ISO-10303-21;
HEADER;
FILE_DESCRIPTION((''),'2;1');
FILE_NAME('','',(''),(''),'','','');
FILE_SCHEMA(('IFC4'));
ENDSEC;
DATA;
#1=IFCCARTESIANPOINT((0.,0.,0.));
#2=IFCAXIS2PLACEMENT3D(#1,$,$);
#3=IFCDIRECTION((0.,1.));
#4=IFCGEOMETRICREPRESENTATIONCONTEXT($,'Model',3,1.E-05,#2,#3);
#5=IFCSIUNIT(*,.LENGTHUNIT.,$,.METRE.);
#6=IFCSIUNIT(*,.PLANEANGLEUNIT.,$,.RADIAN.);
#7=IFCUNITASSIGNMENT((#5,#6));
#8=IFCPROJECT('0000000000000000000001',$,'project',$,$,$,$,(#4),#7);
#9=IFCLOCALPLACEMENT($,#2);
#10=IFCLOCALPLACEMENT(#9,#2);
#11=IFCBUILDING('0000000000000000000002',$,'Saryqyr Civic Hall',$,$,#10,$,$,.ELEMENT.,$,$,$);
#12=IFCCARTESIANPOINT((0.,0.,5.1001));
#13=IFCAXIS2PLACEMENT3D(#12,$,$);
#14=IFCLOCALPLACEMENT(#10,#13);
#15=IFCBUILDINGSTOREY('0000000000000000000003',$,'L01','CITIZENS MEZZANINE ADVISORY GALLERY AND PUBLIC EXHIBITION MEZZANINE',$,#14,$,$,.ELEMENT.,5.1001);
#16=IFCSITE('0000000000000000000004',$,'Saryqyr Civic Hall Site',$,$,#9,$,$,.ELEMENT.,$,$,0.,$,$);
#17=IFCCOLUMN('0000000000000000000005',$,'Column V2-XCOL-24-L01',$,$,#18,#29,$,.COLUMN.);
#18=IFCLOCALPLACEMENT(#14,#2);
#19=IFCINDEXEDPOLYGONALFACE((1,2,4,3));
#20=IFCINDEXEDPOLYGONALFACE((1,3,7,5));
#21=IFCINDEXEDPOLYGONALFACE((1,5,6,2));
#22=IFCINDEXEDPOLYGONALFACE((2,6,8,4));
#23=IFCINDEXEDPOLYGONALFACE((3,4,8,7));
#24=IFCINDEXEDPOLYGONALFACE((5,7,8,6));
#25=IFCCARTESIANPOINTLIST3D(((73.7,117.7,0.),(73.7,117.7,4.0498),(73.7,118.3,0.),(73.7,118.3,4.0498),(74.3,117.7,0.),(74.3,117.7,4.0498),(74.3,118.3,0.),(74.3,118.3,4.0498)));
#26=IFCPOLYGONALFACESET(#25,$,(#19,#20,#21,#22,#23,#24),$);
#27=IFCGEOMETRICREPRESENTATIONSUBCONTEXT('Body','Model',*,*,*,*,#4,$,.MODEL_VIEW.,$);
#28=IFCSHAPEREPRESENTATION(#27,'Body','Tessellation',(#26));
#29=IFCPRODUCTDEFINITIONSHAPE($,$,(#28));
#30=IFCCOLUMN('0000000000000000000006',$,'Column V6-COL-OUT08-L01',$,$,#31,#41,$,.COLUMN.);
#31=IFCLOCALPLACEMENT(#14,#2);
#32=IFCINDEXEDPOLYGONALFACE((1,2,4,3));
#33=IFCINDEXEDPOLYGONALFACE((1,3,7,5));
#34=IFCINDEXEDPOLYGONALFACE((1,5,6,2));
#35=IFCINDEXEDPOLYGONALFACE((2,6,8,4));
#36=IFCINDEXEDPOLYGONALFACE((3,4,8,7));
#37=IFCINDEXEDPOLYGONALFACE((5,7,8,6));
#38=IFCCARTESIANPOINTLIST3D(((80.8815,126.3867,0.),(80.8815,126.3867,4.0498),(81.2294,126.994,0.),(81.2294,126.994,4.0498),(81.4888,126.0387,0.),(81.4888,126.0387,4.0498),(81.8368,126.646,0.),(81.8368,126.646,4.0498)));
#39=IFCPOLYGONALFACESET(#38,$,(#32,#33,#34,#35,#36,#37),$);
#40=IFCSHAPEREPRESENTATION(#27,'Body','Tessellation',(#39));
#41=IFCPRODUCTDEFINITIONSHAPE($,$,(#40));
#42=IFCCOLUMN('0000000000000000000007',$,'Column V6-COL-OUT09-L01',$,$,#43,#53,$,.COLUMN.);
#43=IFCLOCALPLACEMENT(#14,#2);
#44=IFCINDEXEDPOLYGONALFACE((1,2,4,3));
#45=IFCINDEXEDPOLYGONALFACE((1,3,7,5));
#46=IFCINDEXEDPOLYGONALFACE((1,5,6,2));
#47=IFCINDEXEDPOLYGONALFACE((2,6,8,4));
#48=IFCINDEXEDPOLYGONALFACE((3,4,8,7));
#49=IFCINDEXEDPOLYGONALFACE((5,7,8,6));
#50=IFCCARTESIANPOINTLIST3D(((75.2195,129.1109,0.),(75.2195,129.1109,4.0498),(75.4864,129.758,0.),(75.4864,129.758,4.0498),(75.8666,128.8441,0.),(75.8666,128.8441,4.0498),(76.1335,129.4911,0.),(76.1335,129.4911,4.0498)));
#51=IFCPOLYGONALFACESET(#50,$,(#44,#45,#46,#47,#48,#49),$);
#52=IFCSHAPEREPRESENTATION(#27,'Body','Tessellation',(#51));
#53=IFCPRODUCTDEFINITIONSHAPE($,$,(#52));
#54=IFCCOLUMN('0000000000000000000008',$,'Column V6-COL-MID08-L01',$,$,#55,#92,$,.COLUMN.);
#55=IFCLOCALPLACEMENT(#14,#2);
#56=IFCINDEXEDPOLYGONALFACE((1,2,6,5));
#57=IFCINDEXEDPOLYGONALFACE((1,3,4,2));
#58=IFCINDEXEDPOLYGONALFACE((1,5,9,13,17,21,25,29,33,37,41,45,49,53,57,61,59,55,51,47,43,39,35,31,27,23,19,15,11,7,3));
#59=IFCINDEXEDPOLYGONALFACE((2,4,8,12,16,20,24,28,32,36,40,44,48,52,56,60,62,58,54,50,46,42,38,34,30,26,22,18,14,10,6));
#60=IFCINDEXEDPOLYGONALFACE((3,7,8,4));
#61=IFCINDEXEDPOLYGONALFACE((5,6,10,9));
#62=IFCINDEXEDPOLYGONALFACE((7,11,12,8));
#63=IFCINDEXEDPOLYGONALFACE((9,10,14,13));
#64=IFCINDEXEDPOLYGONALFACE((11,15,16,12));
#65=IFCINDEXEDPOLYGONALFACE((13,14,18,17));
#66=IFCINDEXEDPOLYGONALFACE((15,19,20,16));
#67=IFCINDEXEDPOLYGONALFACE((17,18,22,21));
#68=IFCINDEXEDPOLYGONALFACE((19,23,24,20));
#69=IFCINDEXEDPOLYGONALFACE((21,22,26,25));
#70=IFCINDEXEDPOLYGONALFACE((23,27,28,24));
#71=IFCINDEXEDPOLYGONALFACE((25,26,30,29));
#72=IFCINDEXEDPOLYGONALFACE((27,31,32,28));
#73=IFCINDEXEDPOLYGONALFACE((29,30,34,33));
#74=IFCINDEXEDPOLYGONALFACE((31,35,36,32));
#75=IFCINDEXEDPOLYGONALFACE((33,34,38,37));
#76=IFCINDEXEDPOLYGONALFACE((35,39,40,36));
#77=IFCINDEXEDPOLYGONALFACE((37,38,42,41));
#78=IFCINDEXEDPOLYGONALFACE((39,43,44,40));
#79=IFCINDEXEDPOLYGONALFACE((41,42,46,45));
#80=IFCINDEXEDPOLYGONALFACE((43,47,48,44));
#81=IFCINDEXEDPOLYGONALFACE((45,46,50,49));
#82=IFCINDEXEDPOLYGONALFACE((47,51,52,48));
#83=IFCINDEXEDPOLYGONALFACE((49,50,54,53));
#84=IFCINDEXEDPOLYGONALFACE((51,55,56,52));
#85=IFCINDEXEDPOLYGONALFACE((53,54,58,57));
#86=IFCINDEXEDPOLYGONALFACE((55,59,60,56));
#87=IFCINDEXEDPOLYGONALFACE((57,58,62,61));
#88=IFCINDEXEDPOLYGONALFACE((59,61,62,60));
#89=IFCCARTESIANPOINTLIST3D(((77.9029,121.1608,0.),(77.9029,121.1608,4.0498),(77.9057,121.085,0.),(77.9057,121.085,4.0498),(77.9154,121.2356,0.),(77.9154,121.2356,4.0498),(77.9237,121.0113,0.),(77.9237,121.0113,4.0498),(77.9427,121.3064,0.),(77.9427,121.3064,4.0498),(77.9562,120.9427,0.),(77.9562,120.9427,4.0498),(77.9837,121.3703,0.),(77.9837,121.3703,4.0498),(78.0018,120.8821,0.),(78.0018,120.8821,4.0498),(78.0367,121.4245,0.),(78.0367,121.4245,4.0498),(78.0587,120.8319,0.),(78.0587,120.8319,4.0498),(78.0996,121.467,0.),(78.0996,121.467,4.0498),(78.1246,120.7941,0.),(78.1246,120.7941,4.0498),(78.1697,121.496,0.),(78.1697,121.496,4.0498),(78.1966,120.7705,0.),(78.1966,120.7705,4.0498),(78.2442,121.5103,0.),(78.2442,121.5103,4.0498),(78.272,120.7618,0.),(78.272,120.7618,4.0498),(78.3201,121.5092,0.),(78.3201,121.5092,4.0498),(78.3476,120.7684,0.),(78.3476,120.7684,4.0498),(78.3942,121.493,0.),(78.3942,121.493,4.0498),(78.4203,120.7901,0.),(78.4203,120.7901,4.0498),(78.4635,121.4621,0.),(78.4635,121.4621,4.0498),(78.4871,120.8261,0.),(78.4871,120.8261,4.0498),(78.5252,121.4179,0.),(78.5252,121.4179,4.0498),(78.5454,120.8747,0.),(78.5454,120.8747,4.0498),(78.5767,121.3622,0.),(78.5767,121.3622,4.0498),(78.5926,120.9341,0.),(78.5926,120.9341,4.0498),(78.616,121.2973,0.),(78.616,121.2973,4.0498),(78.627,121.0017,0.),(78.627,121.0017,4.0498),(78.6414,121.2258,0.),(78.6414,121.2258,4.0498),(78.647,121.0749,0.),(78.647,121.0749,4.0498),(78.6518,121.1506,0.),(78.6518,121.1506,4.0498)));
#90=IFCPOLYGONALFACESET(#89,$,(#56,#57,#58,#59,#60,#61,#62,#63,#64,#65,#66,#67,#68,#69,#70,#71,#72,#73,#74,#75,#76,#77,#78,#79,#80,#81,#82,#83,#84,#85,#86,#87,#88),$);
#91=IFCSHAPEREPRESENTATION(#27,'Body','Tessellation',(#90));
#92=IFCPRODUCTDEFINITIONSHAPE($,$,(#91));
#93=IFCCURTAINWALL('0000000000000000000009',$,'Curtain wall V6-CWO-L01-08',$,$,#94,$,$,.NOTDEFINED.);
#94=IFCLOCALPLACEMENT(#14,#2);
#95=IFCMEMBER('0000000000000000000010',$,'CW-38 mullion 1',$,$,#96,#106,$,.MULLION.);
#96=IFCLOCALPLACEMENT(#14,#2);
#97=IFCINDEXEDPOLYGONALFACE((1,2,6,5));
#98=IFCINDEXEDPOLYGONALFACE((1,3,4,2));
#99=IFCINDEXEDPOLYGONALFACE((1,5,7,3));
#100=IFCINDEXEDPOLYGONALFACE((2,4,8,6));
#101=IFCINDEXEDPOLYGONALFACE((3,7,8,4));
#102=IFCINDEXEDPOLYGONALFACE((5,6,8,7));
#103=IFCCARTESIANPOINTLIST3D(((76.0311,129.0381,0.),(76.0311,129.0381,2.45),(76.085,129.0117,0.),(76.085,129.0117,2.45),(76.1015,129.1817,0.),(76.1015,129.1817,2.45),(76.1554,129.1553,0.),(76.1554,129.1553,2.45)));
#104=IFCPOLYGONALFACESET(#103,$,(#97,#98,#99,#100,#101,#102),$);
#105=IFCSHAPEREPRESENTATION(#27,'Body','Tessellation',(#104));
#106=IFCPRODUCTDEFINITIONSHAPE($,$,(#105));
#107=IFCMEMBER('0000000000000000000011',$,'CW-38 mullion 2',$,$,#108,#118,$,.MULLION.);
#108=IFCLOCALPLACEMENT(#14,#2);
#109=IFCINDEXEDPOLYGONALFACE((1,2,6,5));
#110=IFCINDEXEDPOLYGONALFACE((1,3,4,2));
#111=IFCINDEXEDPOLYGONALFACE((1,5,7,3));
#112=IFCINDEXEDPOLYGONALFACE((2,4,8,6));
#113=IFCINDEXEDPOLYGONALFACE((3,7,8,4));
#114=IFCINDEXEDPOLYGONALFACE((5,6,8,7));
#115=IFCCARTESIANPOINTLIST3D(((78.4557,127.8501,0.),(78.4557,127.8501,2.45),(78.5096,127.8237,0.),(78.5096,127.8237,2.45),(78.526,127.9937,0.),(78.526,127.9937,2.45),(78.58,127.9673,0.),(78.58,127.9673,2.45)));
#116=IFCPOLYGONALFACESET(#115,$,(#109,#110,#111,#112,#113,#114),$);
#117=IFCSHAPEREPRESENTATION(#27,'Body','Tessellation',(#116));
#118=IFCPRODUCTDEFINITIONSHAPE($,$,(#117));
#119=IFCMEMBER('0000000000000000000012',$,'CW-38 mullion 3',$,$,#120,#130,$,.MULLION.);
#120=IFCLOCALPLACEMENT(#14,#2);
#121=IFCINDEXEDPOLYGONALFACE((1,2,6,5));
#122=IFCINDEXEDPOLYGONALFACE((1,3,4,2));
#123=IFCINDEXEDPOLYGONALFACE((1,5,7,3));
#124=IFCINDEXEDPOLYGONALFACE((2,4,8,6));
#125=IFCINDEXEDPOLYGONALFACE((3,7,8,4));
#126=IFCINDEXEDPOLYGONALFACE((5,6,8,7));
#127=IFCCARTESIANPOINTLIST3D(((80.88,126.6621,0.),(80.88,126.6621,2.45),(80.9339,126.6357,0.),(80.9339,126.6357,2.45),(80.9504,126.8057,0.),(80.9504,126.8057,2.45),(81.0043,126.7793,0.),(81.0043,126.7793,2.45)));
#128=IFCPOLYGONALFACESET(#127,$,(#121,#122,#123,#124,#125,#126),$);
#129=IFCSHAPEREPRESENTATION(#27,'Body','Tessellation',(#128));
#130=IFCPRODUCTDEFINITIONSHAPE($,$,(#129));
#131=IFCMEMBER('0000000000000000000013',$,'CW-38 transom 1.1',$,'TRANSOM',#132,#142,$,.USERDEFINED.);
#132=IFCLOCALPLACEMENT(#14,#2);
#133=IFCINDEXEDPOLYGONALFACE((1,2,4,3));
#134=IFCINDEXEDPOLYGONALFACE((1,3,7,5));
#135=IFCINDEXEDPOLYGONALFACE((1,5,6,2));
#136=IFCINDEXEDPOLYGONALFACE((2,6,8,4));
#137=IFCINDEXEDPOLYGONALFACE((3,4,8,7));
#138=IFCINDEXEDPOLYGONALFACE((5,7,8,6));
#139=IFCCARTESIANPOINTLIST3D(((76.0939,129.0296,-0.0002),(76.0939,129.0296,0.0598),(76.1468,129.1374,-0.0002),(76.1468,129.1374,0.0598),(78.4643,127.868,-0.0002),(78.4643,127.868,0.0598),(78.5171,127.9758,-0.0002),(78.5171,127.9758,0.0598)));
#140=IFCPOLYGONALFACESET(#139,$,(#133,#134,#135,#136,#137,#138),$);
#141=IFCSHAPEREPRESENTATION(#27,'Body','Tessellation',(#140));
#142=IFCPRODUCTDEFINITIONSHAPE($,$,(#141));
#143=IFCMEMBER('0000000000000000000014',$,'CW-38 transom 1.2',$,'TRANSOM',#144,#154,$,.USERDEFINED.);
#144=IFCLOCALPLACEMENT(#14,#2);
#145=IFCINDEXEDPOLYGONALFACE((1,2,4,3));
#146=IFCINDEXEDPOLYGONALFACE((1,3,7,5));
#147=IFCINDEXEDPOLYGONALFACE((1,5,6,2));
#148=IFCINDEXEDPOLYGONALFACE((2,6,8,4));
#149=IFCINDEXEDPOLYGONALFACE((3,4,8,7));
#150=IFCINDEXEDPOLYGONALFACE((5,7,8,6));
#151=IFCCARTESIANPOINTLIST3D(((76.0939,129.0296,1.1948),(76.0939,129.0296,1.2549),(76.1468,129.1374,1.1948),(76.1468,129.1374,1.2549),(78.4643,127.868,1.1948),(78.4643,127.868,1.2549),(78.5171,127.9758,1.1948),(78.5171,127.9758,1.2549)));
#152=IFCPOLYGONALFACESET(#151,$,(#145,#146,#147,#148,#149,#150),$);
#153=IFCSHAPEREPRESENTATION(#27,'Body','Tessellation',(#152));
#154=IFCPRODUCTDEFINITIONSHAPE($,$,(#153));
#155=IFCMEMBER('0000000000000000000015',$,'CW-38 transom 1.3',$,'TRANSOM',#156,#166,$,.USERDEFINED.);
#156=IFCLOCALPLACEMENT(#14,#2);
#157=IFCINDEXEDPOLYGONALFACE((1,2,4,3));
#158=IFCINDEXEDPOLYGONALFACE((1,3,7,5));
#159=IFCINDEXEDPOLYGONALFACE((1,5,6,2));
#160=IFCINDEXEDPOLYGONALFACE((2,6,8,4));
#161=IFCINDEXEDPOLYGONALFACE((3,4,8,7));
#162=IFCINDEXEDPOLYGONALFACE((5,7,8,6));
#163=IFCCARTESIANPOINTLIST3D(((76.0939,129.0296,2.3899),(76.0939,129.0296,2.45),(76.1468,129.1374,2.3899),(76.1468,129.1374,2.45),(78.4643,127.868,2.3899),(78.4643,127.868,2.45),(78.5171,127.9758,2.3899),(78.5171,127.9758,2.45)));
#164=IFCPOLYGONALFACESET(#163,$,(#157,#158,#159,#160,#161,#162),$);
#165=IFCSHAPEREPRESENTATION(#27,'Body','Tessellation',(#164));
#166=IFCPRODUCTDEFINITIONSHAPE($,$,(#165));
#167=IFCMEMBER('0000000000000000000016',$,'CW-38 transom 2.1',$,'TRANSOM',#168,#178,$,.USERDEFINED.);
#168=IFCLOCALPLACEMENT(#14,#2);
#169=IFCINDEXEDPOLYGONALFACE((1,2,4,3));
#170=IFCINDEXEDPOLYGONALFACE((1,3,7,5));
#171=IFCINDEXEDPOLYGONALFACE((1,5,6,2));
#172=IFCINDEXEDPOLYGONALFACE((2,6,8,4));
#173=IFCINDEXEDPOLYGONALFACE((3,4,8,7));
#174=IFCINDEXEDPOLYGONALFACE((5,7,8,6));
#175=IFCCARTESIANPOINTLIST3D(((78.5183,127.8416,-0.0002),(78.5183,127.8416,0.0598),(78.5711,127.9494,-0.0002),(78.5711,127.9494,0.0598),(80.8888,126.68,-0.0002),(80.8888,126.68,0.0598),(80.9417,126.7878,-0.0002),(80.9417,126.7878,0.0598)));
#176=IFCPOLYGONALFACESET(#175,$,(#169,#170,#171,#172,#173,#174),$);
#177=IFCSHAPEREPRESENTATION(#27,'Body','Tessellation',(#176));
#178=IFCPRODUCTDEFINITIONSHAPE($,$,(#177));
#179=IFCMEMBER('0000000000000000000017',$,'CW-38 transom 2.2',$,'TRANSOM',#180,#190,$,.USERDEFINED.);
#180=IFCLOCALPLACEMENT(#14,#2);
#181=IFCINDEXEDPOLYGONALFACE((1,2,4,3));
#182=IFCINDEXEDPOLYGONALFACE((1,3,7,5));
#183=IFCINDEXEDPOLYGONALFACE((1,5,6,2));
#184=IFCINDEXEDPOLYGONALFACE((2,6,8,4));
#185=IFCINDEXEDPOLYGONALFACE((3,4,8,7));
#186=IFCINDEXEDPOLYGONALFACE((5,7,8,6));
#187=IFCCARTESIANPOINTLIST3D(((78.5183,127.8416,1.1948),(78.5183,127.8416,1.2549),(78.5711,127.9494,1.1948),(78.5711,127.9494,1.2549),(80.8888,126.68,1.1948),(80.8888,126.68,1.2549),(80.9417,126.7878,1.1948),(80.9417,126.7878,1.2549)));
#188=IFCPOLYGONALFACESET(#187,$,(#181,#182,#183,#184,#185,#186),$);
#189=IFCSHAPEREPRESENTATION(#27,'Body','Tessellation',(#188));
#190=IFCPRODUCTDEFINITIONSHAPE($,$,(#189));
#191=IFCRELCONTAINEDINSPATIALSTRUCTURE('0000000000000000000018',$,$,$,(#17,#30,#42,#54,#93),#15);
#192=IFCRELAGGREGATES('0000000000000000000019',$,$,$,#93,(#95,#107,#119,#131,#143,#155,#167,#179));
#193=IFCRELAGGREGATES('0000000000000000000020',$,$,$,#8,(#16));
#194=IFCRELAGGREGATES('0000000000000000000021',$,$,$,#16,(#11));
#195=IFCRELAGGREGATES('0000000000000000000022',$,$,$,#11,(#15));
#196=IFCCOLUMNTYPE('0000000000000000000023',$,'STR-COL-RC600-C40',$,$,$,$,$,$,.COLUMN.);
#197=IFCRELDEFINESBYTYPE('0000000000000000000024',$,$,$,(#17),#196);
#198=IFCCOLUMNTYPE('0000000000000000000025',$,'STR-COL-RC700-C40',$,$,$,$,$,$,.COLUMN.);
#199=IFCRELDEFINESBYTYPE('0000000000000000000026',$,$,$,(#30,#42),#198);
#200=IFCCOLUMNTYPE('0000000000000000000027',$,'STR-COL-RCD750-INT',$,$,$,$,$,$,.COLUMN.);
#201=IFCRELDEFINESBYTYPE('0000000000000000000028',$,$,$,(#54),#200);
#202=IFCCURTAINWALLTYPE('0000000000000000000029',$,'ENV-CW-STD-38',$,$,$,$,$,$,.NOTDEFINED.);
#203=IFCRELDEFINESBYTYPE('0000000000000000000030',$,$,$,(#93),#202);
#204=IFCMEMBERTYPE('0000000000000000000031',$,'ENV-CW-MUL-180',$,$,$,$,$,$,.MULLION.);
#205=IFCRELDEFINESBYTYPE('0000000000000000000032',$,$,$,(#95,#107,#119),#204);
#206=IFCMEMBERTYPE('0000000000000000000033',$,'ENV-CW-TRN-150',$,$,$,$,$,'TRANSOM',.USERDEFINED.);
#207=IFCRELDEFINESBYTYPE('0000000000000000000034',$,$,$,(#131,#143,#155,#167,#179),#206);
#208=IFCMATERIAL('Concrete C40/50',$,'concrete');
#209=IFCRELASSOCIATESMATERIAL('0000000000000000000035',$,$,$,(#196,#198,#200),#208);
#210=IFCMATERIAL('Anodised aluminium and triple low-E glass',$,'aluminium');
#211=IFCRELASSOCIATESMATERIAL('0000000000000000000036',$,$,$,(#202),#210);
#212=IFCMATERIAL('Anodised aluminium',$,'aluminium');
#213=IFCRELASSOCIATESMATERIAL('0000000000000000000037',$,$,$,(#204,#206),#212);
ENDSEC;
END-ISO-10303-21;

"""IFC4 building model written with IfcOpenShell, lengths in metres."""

from ifc_helpers import new_model, si_unit, direction, frame, origin, origin_2d, place, context, subcontext, project, spatial, rectangle, circle, extrude, material, material_profile, profile_set, type_object, element, aggregate, save


model = new_model("IFC4")

# Units and contexts
model_context = context("Model", 3, precision=1e-05, world=origin(), true_north=direction((0.0, 1.0)))
body_context = subcontext(model_context, "Body", "Model", "MODEL_VIEW")
ifc_project = project(units=[si_unit("LENGTHUNIT", "METRE"), si_unit("PLANEANGLEUNIT", "RADIAN")], contexts=[model_context])

# Site, building, storey
site_placement = place(None, origin())
site = spatial("IfcSite", under=ifc_project, at=site_placement, Name="Saryqyr Civic Hall Site", CompositionType="ELEMENT", RefElevation=0.0)
building_placement = place(site_placement, origin())
building = spatial("IfcBuilding", under=site, at=building_placement, Name="Saryqyr Civic Hall", CompositionType="ELEMENT")
storey_placement = place(building_placement, frame((0.0, 0.0, 5.1001)))
storey = spatial("IfcBuildingStorey", under=building, at=storey_placement, Name="L01", Description="CITIZENS MEZZANINE ADVISORY GALLERY AND PUBLIC EXHIBITION MEZZANINE", CompositionType="ELEMENT", Elevation=5.1001)

# Columns
ifc_material_1 = material(Name="Concrete C40/50", Category="concrete")
ifc_material_profile_1 = material_profile(ifc_material_1, rectangle(XDim=0.6001, YDim=0.6001, at=origin_2d()), Name="RC 600x600")
ifc_profile_set_1 = profile_set([ifc_material_profile_1], Name="Concrete C40/50")
column_type_1 = type_object("IfcColumnType", Name="STR-COL-RC600-C40", PredefinedType="COLUMN", material=ifc_profile_set_1)
column_placement = place(storey_placement, frame((74.0, 118.0, 0.0), z_axis=(0.0, 0.0, 1.0), x_axis=(1.0, 0.0, 0.0)))
element("IfcColumn", 1, at=column_placement, inside=storey, type_object=column_type_1, Name="Column V2-XCOL-24-L01", PredefinedType="COLUMN", context=body_context, shape_type="SweptSolid", body=[
    extrude(rectangle(XDim=0.6001, YDim=0.6001, at=origin_2d()), origin(), (0.0, 0.0, 1.0), 4.0498),
])
ifc_material_profile_2 = material_profile(ifc_material_1, rectangle(XDim=0.7, YDim=0.7, at=origin_2d()), Name="RC 700x700")
ifc_profile_set_2 = profile_set([ifc_material_profile_2], Name="Concrete C40/50")
column_type_2 = type_object("IfcColumnType", Name="STR-COL-RC700-C40", PredefinedType="COLUMN", material=ifc_profile_set_2)
for number, where, z_axis, x_axis, name in (
    (2, (81.3591, 126.5164, 0.0), (0.0, 0.0, 1.0), (0.497125, 0.867679, 0.0), "Column V6-COL-OUT08-L01"),
    (3, (75.6765, 129.301, 0.0), (0.0, 0.0, 1.0), (0.381232, 0.92448, 0.0), "Column V6-COL-OUT09-L01"),
):
    element("IfcColumn", number, at=place(storey_placement, frame(where, z_axis=z_axis, x_axis=x_axis)), inside=storey, type_object=column_type_2, Name=name, PredefinedType="COLUMN", context=body_context, shape_type="SweptSolid", body=[
        extrude(rectangle(XDim=0.7, YDim=0.7, at=origin_2d()), origin(), (0.0, 0.0, 1.0), 4.0498),
    ])
ifc_material_profile_3 = material_profile(ifc_material_1, circle(Radius=0.375, at=origin_2d()), Name="RC D750")
ifc_profile_set_3 = profile_set([ifc_material_profile_3], Name="Concrete C40/50")
column_type_3 = type_object("IfcColumnType", Name="STR-COL-RCD750-INT", PredefinedType="COLUMN", material=ifc_profile_set_3)
for number, where, z_axis, x_axis, name in (
    (4, (78.2771, 121.1367, 0.0), (0.0, 0.0, 1.0), (0.497125, 0.867679, 0.0), "Column V6-COL-MID08-L01"),
):
    element("IfcColumn", number, at=place(storey_placement, frame(where, z_axis=z_axis, x_axis=x_axis)), inside=storey, type_object=column_type_3, Name=name, PredefinedType="COLUMN", context=body_context, shape_type="SweptSolid", body=[
        extrude(circle(Radius=0.375, at=origin_2d()), origin(), (0.0, 0.0, 1.0), 4.0498),
    ])

# Curtain wall, members
ifc_material_2 = material(Name="Anodised aluminium and triple low-E glass", Category="aluminium")
curtain_wall_type = type_object("IfcCurtainWallType", Name="ENV-CW-STD-38", PredefinedType="NOTDEFINED", material=ifc_material_2)
curtain_wall_placement = place(storey_placement, origin())
curtain_wall = element("IfcCurtainWall", 5, at=curtain_wall_placement, inside=storey, type_object=curtain_wall_type, Name="Curtain wall V6-CWO-L01-08", PredefinedType="NOTDEFINED")
ifc_material_3 = material(Name="Anodised aluminium", Category="aluminium")
ifc_material_profile_4 = material_profile(ifc_material_3, rectangle(XDim=0.0601, YDim=0.1599, at=origin_2d()), Name="ALU MULLION 60x160")
ifc_profile_set_4 = profile_set([ifc_material_profile_4], Name="Anodised aluminium")
member_type_1 = type_object("IfcMemberType", Name="ENV-CW-MUL-180", PredefinedType="MULLION", material=ifc_profile_set_4)
member_1_placement = place(storey_placement, frame((76.0933, 129.0967, 0.0), z_axis=(0.0, 0.0, 1.0), x_axis=(0.89797, -0.440056, 0.0)))
member_1 = element("IfcMember", 6, at=member_1_placement, type_object=member_type_1, Name="CW-38 mullion 1", PredefinedType="MULLION", context=body_context, shape_type="SweptSolid", body=[
    extrude(rectangle(XDim=0.0601, YDim=0.1599, at=origin_2d()), origin(), (0.0, 0.0, 1.0), 2.45),
])
member_2_placement = place(storey_placement, frame((78.5178, 127.9087, 0.0), z_axis=(0.0, 0.0, 1.0), x_axis=(0.89797, -0.440056, 0.0)))
member_2 = element("IfcMember", 7, at=member_2_placement, type_object=member_type_1, Name="CW-38 mullion 2", PredefinedType="MULLION", context=body_context, shape_type="SweptSolid", body=[
    extrude(rectangle(XDim=0.0601, YDim=0.1599, at=origin_2d()), origin(), (0.0, 0.0, 1.0), 2.45),
])
member_3_placement = place(storey_placement, frame((80.9421, 126.7207, 0.0), z_axis=(0.0, 0.0, 1.0), x_axis=(0.89797, -0.440056, 0.0)))
member_3 = element("IfcMember", 8, at=member_3_placement, type_object=member_type_1, Name="CW-38 mullion 3", PredefinedType="MULLION", context=body_context, shape_type="SweptSolid", body=[
    extrude(rectangle(XDim=0.0601, YDim=0.1599, at=origin_2d()), origin(), (0.0, 0.0, 1.0), 2.45),
])
ifc_material_profile_5 = material_profile(ifc_material_3, rectangle(XDim=0.1201, YDim=0.0601, at=origin_2d()), Name="ALU TRANSOM 120x60")
ifc_profile_set_5 = profile_set([ifc_material_profile_5], Name="Anodised aluminium")
member_type_2 = type_object("IfcMemberType", Name="ENV-CW-TRN-150", ElementType="TRANSOM", PredefinedType="USERDEFINED", material=ifc_profile_set_5)
member_4_placement = place(storey_placement, frame((76.1204, 129.0835, 0.0298), z_axis=(0.897969, -0.440059, 0.0), x_axis=(0.440059, 0.897969, 0.0)))
member_4 = element("IfcMember", 9, at=member_4_placement, type_object=member_type_2, Name="CW-38 transom 1.1", ObjectType="TRANSOM", PredefinedType="USERDEFINED", context=body_context, shape_type="SweptSolid", body=[
    extrude(rectangle(XDim=0.1201, YDim=0.0601, at=origin_2d()), origin(), (0.0, 0.0, 1.0), 2.6396),
])
member_5_placement = place(storey_placement, frame((76.1204, 129.0835, 1.2249), z_axis=(0.897969, -0.440059, 0.0), x_axis=(0.440059, 0.897969, 0.0)))
member_5 = element("IfcMember", 10, at=member_5_placement, type_object=member_type_2, Name="CW-38 transom 1.2", ObjectType="TRANSOM", PredefinedType="USERDEFINED", context=body_context, shape_type="SweptSolid", body=[
    extrude(rectangle(XDim=0.1201, YDim=0.0601, at=origin_2d()), origin(), (0.0, 0.0, 1.0), 2.6396),
])
member_6_placement = place(storey_placement, frame((76.1204, 129.0835, 2.4199), z_axis=(0.897969, -0.440059, 0.0), x_axis=(0.440059, 0.897969, 0.0)))
member_6 = element("IfcMember", 11, at=member_6_placement, type_object=member_type_2, Name="CW-38 transom 1.3", ObjectType="TRANSOM", PredefinedType="USERDEFINED", context=body_context, shape_type="SweptSolid", body=[
    extrude(rectangle(XDim=0.1201, YDim=0.0601, at=origin_2d()), origin(), (0.0, 0.0, 1.0), 2.6396),
])
member_7_placement = place(storey_placement, frame((78.5447, 127.8955, 0.0298), z_axis=(0.897987, -0.440023, 0.0), x_axis=(0.440023, 0.897987, 0.0)))
member_7 = element("IfcMember", 12, at=member_7_placement, type_object=member_type_2, Name="CW-38 transom 2.1", ObjectType="TRANSOM", PredefinedType="USERDEFINED", context=body_context, shape_type="SweptSolid", body=[
    extrude(rectangle(XDim=0.1201, YDim=0.0601, at=origin_2d()), origin(), (0.0, 0.0, 1.0), 2.6399),
])
member_8_placement = place(storey_placement, frame((78.5447, 127.8955, 1.2249), z_axis=(0.897987, -0.440023, 0.0), x_axis=(0.440023, 0.897987, 0.0)))
member_8 = element("IfcMember", 13, at=member_8_placement, type_object=member_type_2, Name="CW-38 transom 2.2", ObjectType="TRANSOM", PredefinedType="USERDEFINED", context=body_context, shape_type="SweptSolid", body=[
    extrude(rectangle(XDim=0.1201, YDim=0.0601, at=origin_2d()), origin(), (0.0, 0.0, 1.0), 2.6399),
])

aggregate(curtain_wall, [member_1, member_2, member_3, member_4, member_5, member_6, member_7, member_8])

save(model, "model.ifc")
